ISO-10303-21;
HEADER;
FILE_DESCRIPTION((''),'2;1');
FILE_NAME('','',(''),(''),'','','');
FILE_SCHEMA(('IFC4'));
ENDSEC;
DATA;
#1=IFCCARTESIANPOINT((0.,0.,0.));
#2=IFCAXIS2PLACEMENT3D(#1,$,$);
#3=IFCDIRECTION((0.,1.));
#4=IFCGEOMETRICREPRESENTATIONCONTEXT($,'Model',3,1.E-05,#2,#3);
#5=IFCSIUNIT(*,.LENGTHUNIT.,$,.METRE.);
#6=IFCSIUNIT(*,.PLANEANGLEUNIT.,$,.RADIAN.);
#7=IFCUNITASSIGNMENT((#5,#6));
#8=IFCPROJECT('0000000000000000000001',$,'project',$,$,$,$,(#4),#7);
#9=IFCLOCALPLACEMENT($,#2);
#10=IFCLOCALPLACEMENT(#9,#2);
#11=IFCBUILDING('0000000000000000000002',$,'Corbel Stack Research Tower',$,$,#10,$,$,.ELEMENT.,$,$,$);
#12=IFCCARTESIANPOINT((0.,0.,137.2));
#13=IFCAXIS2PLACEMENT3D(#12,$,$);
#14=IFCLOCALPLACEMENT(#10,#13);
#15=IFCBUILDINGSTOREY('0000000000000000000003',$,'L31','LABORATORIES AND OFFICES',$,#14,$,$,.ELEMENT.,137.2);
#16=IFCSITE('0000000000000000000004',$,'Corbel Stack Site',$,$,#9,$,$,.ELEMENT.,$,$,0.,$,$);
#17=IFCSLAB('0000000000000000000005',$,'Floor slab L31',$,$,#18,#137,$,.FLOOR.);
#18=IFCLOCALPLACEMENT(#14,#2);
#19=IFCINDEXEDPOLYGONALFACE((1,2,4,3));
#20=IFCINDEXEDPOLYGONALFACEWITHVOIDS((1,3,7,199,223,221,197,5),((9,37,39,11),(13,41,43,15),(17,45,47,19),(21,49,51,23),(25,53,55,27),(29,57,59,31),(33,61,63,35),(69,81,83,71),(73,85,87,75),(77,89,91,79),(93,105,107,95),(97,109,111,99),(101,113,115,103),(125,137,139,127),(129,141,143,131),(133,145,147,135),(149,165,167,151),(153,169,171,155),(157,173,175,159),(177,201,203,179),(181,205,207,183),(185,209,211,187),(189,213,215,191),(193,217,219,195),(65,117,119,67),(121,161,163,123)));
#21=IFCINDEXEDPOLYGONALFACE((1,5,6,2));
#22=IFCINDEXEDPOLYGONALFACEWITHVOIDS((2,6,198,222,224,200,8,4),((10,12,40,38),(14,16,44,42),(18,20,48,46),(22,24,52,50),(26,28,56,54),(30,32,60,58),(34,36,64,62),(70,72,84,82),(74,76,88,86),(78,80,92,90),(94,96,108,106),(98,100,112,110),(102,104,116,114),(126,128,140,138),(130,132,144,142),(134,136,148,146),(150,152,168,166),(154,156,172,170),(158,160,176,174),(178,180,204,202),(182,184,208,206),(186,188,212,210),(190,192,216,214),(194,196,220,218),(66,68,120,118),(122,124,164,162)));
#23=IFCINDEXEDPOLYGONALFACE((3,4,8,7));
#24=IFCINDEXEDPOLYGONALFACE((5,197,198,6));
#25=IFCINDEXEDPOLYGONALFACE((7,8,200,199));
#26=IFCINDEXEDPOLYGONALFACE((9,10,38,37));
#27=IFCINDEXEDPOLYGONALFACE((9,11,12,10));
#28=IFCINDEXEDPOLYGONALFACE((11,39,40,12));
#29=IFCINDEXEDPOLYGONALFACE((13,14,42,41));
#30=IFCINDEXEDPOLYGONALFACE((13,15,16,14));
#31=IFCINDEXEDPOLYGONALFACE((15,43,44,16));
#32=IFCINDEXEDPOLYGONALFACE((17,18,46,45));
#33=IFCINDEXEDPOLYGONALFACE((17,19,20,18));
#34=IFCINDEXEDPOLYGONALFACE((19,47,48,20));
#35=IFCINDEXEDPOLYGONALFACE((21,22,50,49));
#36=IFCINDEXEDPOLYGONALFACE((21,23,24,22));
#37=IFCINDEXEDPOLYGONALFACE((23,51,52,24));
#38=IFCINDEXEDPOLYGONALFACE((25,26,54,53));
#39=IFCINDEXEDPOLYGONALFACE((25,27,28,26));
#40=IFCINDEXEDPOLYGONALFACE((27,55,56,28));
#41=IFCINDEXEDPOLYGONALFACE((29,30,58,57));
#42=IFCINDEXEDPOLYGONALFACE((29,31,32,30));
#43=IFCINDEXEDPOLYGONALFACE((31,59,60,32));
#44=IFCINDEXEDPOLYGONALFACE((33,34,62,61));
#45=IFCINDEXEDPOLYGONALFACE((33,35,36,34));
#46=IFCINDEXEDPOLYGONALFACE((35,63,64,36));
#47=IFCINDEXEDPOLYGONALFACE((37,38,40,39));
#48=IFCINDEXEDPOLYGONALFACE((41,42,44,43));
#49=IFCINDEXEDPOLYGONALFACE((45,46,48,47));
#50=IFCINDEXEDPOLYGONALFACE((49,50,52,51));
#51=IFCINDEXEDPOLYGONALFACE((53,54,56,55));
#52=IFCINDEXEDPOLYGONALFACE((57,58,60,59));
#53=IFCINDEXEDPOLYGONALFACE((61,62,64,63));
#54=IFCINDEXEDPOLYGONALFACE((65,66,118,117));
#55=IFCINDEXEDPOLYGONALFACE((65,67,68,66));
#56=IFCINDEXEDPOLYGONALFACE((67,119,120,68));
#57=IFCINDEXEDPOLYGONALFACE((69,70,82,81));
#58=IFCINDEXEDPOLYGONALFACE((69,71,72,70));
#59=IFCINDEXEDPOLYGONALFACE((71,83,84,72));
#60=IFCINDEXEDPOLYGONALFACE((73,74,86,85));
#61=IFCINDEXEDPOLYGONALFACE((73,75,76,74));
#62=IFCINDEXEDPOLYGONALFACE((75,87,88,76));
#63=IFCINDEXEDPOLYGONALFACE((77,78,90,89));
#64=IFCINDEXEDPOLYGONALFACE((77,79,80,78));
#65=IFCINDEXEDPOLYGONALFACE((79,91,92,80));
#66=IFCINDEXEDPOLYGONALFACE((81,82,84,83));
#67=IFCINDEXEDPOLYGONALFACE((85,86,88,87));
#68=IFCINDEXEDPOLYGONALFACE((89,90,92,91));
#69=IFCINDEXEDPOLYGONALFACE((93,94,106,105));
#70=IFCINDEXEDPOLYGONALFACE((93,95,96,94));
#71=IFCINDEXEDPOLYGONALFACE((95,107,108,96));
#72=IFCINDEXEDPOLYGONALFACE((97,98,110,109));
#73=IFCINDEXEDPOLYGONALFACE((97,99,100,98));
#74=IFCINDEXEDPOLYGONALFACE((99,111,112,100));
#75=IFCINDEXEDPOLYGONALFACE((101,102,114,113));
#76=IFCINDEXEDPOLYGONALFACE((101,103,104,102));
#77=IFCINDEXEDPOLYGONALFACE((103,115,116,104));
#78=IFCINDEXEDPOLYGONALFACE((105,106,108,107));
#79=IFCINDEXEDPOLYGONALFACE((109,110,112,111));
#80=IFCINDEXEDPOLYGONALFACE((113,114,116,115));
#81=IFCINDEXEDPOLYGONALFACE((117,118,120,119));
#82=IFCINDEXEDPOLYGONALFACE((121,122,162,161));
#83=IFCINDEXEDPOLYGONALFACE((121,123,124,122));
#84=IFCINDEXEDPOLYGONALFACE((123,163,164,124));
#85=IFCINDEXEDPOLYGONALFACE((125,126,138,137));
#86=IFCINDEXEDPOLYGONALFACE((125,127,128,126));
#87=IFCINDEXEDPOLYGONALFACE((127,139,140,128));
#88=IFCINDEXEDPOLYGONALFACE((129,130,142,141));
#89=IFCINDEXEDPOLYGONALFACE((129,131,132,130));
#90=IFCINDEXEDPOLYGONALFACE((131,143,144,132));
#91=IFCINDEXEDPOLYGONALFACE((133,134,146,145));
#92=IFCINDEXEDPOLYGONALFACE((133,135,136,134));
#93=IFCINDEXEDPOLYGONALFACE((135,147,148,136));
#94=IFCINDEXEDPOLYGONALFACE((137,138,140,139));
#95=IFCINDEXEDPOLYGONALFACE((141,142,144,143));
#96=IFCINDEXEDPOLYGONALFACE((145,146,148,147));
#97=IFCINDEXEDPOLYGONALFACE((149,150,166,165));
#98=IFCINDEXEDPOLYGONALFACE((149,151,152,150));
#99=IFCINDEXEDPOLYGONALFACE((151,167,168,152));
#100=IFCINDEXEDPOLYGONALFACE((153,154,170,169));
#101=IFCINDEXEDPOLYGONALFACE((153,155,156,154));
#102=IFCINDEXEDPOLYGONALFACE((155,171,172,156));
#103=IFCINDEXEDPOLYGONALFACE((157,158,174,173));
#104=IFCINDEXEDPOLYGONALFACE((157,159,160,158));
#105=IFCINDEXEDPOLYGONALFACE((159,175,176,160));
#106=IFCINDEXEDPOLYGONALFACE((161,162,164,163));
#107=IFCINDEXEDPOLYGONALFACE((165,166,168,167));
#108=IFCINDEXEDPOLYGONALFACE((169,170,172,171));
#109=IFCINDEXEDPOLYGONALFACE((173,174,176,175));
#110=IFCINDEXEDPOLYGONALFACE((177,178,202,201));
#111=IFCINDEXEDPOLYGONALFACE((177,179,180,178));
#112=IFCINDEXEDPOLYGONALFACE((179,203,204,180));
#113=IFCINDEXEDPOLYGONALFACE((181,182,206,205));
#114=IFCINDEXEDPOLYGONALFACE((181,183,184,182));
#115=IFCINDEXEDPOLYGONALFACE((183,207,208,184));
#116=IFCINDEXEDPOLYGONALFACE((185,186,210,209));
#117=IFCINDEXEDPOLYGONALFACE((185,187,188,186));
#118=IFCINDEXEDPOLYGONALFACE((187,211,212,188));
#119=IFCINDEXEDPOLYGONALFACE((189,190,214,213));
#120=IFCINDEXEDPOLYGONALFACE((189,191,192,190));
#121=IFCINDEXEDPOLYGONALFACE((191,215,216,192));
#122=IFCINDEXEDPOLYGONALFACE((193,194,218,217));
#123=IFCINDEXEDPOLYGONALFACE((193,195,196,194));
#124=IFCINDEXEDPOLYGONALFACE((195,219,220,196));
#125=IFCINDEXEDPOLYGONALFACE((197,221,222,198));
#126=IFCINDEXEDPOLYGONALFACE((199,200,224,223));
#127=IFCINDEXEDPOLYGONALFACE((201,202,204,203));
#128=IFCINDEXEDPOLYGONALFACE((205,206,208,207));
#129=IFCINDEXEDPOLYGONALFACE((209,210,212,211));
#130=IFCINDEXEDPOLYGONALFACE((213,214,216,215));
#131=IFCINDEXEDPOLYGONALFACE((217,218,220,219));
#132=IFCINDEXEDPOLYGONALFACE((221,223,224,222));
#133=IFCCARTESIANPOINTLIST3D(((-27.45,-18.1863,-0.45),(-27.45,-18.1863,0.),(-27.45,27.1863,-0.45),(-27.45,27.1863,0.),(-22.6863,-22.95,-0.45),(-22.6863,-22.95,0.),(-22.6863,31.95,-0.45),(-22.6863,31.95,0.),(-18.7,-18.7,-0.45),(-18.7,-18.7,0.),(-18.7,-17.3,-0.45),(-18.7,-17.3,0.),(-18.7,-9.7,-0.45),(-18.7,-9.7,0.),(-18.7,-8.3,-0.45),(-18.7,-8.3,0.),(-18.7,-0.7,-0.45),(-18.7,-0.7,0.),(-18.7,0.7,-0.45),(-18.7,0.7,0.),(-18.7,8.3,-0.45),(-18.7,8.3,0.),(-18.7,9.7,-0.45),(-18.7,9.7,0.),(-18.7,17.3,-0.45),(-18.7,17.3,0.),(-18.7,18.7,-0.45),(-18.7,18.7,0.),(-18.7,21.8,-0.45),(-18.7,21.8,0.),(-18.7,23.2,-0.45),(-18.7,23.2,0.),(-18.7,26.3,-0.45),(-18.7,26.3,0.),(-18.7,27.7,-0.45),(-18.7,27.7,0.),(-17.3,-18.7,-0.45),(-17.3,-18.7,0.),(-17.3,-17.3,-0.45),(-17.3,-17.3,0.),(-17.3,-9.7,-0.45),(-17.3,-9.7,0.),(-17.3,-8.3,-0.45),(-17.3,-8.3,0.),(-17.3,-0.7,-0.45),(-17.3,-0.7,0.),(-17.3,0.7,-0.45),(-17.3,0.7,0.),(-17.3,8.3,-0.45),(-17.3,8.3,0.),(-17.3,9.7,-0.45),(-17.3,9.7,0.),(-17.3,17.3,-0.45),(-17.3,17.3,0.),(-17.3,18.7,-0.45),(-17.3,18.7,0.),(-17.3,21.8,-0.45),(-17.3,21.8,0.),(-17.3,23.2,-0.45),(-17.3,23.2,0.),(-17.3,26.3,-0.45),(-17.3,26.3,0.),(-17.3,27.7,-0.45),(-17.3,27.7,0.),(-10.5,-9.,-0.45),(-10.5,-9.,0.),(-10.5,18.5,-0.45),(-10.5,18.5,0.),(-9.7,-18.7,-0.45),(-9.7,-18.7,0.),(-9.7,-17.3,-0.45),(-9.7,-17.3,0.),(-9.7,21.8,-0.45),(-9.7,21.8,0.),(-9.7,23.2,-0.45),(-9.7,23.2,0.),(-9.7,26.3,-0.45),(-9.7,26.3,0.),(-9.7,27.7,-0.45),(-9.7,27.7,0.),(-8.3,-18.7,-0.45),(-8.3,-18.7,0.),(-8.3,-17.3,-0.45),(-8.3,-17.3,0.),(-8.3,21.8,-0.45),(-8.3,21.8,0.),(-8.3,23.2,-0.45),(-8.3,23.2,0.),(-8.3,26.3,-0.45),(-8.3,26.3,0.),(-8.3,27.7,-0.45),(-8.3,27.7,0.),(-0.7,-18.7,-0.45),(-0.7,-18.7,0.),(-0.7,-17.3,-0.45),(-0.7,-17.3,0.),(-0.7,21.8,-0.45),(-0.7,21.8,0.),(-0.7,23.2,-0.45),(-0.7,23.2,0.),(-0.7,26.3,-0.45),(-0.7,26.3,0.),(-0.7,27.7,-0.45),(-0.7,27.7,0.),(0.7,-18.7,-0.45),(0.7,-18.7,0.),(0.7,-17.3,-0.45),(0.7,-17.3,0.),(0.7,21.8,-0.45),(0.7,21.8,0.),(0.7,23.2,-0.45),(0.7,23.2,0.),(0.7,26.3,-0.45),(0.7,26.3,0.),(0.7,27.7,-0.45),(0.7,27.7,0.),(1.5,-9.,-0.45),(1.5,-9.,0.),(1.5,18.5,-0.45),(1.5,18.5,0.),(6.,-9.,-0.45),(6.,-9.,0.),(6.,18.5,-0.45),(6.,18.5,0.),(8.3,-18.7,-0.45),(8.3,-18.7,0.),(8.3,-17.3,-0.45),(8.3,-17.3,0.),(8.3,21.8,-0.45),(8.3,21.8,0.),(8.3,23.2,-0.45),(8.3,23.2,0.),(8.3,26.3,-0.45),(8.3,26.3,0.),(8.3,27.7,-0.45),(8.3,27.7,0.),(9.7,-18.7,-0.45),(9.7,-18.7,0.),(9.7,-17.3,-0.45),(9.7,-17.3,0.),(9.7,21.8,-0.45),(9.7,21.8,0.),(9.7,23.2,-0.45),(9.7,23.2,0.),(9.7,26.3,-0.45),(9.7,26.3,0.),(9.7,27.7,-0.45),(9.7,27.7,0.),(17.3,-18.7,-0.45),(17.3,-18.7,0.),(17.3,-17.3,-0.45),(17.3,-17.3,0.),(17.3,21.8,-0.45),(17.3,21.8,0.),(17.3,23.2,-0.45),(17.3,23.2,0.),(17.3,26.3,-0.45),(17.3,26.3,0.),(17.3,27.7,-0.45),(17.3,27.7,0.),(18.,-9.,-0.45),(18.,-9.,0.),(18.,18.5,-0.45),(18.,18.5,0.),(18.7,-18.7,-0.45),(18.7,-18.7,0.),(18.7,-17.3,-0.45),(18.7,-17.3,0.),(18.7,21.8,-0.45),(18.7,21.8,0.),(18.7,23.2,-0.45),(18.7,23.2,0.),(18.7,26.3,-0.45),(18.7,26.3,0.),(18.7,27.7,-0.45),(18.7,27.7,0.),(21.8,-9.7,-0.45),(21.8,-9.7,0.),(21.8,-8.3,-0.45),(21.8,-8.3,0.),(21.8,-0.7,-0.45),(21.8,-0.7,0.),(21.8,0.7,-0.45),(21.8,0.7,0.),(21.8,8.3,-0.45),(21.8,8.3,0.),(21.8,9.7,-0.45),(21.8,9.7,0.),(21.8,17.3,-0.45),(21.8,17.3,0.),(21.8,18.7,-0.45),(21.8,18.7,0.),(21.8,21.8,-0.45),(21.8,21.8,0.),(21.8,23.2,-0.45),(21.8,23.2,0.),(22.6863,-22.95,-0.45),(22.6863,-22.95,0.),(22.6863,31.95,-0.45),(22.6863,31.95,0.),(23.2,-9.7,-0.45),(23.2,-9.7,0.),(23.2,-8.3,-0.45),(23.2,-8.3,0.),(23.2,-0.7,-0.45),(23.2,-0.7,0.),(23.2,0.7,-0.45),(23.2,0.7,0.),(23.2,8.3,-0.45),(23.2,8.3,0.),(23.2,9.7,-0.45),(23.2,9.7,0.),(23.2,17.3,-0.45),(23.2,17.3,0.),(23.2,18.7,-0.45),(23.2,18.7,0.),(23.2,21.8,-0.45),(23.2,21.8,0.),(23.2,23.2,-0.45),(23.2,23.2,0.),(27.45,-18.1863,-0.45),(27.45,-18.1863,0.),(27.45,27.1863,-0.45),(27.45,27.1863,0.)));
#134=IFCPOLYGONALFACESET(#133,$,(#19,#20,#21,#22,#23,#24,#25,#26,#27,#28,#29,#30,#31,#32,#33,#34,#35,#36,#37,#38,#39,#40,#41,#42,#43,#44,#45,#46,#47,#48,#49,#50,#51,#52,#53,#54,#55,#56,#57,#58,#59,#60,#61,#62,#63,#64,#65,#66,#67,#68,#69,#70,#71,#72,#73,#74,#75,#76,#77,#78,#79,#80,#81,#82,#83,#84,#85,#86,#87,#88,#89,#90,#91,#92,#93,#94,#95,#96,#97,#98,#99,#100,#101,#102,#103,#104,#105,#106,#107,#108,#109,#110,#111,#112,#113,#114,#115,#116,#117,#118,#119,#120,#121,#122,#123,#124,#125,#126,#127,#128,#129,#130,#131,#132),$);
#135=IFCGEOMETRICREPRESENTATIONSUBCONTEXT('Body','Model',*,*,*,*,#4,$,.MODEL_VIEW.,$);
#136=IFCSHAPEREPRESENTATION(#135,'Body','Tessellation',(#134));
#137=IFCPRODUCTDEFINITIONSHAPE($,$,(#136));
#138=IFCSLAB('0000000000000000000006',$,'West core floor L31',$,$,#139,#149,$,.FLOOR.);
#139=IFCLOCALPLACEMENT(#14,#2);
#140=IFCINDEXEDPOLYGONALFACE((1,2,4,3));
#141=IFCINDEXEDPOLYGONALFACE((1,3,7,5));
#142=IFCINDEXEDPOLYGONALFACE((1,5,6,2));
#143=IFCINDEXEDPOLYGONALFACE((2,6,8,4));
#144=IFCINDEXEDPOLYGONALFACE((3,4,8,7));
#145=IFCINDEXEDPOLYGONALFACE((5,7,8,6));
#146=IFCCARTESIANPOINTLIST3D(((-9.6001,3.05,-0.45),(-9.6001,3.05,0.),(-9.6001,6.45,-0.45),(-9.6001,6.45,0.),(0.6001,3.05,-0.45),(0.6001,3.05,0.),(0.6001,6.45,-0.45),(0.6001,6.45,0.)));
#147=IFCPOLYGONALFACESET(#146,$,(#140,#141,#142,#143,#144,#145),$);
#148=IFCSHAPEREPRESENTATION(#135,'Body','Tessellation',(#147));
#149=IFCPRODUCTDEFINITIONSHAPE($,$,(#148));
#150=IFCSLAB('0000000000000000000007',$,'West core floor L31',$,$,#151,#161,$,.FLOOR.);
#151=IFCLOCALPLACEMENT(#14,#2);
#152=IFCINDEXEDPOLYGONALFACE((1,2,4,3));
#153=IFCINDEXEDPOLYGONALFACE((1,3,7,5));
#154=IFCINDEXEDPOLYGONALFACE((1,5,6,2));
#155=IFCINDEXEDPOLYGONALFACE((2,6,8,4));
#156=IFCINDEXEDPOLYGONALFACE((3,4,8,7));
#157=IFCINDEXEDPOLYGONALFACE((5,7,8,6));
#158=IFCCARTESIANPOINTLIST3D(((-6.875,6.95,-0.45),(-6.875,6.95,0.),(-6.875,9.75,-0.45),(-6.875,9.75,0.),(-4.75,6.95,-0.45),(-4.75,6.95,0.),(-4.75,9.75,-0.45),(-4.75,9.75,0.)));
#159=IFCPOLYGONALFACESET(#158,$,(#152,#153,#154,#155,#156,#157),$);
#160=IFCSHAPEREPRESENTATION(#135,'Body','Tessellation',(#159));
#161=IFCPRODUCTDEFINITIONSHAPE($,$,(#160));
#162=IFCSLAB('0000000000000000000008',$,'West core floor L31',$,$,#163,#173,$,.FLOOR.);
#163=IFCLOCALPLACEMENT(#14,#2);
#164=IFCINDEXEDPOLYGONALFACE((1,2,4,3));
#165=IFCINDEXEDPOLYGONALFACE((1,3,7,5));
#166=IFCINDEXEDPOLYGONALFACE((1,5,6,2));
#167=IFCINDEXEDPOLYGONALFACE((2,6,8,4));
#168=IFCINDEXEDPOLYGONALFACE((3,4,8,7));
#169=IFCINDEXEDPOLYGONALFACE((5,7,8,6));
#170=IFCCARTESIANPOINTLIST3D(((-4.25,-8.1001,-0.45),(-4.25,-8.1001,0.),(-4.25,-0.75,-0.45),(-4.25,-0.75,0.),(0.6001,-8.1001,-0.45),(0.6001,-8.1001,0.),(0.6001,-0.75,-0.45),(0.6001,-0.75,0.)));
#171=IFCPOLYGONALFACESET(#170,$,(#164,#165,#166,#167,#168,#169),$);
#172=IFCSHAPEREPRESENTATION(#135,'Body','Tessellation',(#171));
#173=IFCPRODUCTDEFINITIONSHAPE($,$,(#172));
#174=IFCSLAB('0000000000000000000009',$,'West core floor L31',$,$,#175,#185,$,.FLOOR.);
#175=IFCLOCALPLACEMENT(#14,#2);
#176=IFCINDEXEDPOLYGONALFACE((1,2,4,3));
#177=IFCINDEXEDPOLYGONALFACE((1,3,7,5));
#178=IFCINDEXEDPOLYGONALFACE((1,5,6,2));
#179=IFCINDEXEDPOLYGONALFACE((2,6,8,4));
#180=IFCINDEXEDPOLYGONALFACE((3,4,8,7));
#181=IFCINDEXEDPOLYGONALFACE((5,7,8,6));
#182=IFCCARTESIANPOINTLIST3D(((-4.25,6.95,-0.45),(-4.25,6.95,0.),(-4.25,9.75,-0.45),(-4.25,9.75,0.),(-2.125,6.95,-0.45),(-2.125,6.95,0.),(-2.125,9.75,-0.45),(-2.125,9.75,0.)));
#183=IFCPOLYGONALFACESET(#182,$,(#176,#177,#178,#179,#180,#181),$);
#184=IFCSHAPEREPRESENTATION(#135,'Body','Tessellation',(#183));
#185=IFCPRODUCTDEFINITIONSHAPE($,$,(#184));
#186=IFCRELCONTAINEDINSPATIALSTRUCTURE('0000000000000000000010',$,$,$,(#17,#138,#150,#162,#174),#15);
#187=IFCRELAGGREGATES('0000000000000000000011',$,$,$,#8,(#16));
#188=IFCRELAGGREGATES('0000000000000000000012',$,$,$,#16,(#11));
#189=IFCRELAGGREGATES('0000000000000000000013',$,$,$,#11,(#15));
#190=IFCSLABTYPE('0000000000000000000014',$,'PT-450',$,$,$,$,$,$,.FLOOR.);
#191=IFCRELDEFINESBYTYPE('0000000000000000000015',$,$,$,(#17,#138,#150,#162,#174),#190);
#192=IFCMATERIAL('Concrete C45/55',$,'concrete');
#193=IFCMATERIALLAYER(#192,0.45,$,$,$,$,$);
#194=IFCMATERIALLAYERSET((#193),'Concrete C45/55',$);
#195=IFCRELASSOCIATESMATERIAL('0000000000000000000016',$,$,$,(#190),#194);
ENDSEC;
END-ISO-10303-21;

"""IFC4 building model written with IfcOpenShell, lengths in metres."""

from ifc_helpers import new_model, si_unit, direction, frame, origin, place, context, subcontext, project, spatial, polyline, outline, extrude, material, layer, layer_set, type_object, element, save


model = new_model("IFC4")

# Units and contexts
model_context = context("Model", 3, precision=1e-05, world=origin(), true_north=direction((0.0, 1.0)))
body_context = subcontext(model_context, "Body", "Model", "MODEL_VIEW")
ifc_project = project(units=[si_unit("LENGTHUNIT", "METRE"), si_unit("PLANEANGLEUNIT", "RADIAN")], contexts=[model_context])

# Site, building, storey
site_placement = place(None, origin())
site = spatial("IfcSite", under=ifc_project, at=site_placement, Name="Corbel Stack Site", CompositionType="ELEMENT", RefElevation=0.0)
building_placement = place(site_placement, origin())
building = spatial("IfcBuilding", under=site, at=building_placement, Name="Corbel Stack Research Tower", CompositionType="ELEMENT")
storey_placement = place(building_placement, frame((0.0, 0.0, 137.2)))
storey = spatial("IfcBuildingStorey", under=building, at=storey_placement, Name="L31", Description="LABORATORIES AND OFFICES", CompositionType="ELEMENT", Elevation=137.2)

# Slabs
ifc_material_1 = material(Name="Concrete C45/55", Category="concrete")
ifc_layer_1 = layer(ifc_material_1, 0.45)
ifc_layer_set_1 = layer_set([ifc_layer_1], Name="Concrete C45/55")
slab_type = type_object("IfcSlabType", Name="PT-450", PredefinedType="FLOOR", material=ifc_layer_set_1)
slab_1_placement = place(storey_placement, frame((0.0, 0.0, -0.45)))
element("IfcSlab", 1, at=slab_1_placement, inside=storey, type_object=slab_type, Name="Floor slab L31", PredefinedType="FLOOR", context=body_context, shape_type="SweptSolid", body=[
    extrude(outline(polyline([(-22.6863, -22.95), (22.6863, -22.95), (27.45, -18.1863), (27.45, 27.1863), (22.6863, 31.95), (-22.6863, 31.95), (-27.45, 27.1863), (-27.45, -18.1863), (-22.6863, -22.95)]), holes=[polyline([(21.8, 21.8), (21.8, 23.2), (23.2, 23.2), (23.2, 21.8), (21.8, 21.8)]), polyline([(23.2, 17.3), (21.8, 17.3), (21.8, 18.7), (23.2, 18.7), (23.2, 17.3)]), polyline([(21.8, 8.3), (21.8, 9.7), (23.2, 9.7), (23.2, 8.3), (21.8, 8.3)]), polyline([(23.2, -0.7), (21.8, -0.7), (21.8, 0.7), (23.2, 0.7), (23.2, -0.7)]), polyline([(21.8, -9.7), (21.8, -8.3), (23.2, -8.3), (23.2, -9.7), (21.8, -9.7)]), polyline([(17.3, 26.3), (17.3, 27.7), (18.7, 27.7), (18.7, 26.3), (17.3, 26.3)]), polyline([(17.3, 21.8), (17.3, 23.2), (18.7, 23.2), (18.7, 21.8), (17.3, 21.8)]), polyline([(17.3, -18.7), (17.3, -17.3), (18.7, -17.3), (18.7, -18.7), (17.3, -18.7)]), polyline([(6.0, -9.0), (6.0, 18.5), (18.0, 18.5), (18.0, -9.0), (6.0, -9.0)]), polyline([(8.3, 26.3), (8.3, 27.7), (9.7, 27.7), (9.7, 26.3), (8.3, 26.3)]), polyline([(8.3, 21.8), (8.3, 23.2), (9.7, 23.2), (9.7, 21.8), (8.3, 21.8)]), polyline([(9.7, -18.7), (8.3, -18.7), (8.3, -17.3), (9.7, -17.3), (9.7, -18.7)]), polyline([(-10.5, -9.0), (-10.5, 18.5), (1.5, 18.5), (1.5, -9.0), (-10.5, -9.0)]), polyline([(-0.7, 26.3), (-0.7, 27.7), (0.7, 27.7), (0.7, 26.3), (-0.7, 26.3)]), polyline([(-0.7, 21.8), (-0.7, 23.2), (0.7, 23.2), (0.7, 21.8), (-0.7, 21.8)]), polyline([(-0.7, -18.7), (-0.7, -17.3), (0.7, -17.3), (0.7, -18.7), (-0.7, -18.7)]), polyline([(-9.7, 26.3), (-9.7, 27.7), (-8.3, 27.7), (-8.3, 26.3), (-9.7, 26.3)]), polyline([(-9.7, 21.8), (-9.7, 23.2), (-8.3, 23.2), (-8.3, 21.8), (-9.7, 21.8)]), polyline([(-9.7, -18.7), (-9.7, -17.3), (-8.3, -17.3), (-8.3, -18.7), (-9.7, -18.7)]), polyline([(-18.7, 26.3), (-18.7, 27.7), (-17.3, 27.7), (-17.3, 26.3), (-18.7, 26.3)]), polyline([(-18.7, 21.8), (-18.7, 23.2), (-17.3, 23.2), (-17.3, 21.8), (-18.7, 21.8)]), polyline([(-18.7, 17.3), (-18.7, 18.7), (-17.3, 18.7), (-17.3, 17.3), (-18.7, 17.3)]), polyline([(-17.3, 8.3), (-18.7, 8.3), (-18.7, 9.7), (-17.3, 9.7), (-17.3, 8.3)]), polyline([(-18.7, -0.7), (-18.7, 0.7), (-17.3, 0.7), (-17.3, -0.7), (-18.7, -0.7)]), polyline([(-17.3, -9.7), (-18.7, -9.7), (-18.7, -8.3), (-17.3, -8.3), (-17.3, -9.7)]), polyline([(-17.3, -18.7), (-18.7, -18.7), (-18.7, -17.3), (-17.3, -17.3), (-17.3, -18.7)])]), origin(), (0.0, 0.0, 1.0), 0.45),
])
slab_2_placement = place(storey_placement, frame((0.0, 0.0, -0.45)))
element("IfcSlab", 2, at=slab_2_placement, inside=storey, type_object=slab_type, Name="West core floor L31", PredefinedType="FLOOR", context=body_context, shape_type="SweptSolid", body=[
    extrude(outline(polyline([(0.6001, 6.45), (-9.6001, 6.45), (-9.6001, 3.05), (0.6001, 3.05), (0.6001, 6.45)])), origin(), (0.0, 0.0, 1.0), 0.45),
])
slab_3_placement = place(storey_placement, frame((0.0, 0.0, -0.45)))
element("IfcSlab", 3, at=slab_3_placement, inside=storey, type_object=slab_type, Name="West core floor L31", PredefinedType="FLOOR", context=body_context, shape_type="SweptSolid", body=[
    extrude(outline(polyline([(-6.875, 6.95), (-4.75, 6.95), (-4.75, 9.75), (-6.875, 9.75), (-6.875, 6.95)])), origin(), (0.0, 0.0, 1.0), 0.45),
])
slab_4_placement = place(storey_placement, frame((0.0, 0.0, -0.45)))
element("IfcSlab", 4, at=slab_4_placement, inside=storey, type_object=slab_type, Name="West core floor L31", PredefinedType="FLOOR", context=body_context, shape_type="SweptSolid", body=[
    extrude(outline(polyline([(0.6001, -8.1001), (0.6001, -0.75), (-4.25, -0.75), (-4.25, -8.1001), (0.6001, -8.1001)])), origin(), (0.0, 0.0, 1.0), 0.45),
])
slab_5_placement = place(storey_placement, frame((0.0, 0.0, -0.45)))
element("IfcSlab", 5, at=slab_5_placement, inside=storey, type_object=slab_type, Name="West core floor L31", PredefinedType="FLOOR", context=body_context, shape_type="SweptSolid", body=[
    extrude(outline(polyline([(-2.125, 6.95), (-2.125, 9.75), (-4.25, 9.75), (-4.25, 6.95), (-2.125, 6.95)])), origin(), (0.0, 0.0, 1.0), 0.45),
])

save(model, "model.ifc")
